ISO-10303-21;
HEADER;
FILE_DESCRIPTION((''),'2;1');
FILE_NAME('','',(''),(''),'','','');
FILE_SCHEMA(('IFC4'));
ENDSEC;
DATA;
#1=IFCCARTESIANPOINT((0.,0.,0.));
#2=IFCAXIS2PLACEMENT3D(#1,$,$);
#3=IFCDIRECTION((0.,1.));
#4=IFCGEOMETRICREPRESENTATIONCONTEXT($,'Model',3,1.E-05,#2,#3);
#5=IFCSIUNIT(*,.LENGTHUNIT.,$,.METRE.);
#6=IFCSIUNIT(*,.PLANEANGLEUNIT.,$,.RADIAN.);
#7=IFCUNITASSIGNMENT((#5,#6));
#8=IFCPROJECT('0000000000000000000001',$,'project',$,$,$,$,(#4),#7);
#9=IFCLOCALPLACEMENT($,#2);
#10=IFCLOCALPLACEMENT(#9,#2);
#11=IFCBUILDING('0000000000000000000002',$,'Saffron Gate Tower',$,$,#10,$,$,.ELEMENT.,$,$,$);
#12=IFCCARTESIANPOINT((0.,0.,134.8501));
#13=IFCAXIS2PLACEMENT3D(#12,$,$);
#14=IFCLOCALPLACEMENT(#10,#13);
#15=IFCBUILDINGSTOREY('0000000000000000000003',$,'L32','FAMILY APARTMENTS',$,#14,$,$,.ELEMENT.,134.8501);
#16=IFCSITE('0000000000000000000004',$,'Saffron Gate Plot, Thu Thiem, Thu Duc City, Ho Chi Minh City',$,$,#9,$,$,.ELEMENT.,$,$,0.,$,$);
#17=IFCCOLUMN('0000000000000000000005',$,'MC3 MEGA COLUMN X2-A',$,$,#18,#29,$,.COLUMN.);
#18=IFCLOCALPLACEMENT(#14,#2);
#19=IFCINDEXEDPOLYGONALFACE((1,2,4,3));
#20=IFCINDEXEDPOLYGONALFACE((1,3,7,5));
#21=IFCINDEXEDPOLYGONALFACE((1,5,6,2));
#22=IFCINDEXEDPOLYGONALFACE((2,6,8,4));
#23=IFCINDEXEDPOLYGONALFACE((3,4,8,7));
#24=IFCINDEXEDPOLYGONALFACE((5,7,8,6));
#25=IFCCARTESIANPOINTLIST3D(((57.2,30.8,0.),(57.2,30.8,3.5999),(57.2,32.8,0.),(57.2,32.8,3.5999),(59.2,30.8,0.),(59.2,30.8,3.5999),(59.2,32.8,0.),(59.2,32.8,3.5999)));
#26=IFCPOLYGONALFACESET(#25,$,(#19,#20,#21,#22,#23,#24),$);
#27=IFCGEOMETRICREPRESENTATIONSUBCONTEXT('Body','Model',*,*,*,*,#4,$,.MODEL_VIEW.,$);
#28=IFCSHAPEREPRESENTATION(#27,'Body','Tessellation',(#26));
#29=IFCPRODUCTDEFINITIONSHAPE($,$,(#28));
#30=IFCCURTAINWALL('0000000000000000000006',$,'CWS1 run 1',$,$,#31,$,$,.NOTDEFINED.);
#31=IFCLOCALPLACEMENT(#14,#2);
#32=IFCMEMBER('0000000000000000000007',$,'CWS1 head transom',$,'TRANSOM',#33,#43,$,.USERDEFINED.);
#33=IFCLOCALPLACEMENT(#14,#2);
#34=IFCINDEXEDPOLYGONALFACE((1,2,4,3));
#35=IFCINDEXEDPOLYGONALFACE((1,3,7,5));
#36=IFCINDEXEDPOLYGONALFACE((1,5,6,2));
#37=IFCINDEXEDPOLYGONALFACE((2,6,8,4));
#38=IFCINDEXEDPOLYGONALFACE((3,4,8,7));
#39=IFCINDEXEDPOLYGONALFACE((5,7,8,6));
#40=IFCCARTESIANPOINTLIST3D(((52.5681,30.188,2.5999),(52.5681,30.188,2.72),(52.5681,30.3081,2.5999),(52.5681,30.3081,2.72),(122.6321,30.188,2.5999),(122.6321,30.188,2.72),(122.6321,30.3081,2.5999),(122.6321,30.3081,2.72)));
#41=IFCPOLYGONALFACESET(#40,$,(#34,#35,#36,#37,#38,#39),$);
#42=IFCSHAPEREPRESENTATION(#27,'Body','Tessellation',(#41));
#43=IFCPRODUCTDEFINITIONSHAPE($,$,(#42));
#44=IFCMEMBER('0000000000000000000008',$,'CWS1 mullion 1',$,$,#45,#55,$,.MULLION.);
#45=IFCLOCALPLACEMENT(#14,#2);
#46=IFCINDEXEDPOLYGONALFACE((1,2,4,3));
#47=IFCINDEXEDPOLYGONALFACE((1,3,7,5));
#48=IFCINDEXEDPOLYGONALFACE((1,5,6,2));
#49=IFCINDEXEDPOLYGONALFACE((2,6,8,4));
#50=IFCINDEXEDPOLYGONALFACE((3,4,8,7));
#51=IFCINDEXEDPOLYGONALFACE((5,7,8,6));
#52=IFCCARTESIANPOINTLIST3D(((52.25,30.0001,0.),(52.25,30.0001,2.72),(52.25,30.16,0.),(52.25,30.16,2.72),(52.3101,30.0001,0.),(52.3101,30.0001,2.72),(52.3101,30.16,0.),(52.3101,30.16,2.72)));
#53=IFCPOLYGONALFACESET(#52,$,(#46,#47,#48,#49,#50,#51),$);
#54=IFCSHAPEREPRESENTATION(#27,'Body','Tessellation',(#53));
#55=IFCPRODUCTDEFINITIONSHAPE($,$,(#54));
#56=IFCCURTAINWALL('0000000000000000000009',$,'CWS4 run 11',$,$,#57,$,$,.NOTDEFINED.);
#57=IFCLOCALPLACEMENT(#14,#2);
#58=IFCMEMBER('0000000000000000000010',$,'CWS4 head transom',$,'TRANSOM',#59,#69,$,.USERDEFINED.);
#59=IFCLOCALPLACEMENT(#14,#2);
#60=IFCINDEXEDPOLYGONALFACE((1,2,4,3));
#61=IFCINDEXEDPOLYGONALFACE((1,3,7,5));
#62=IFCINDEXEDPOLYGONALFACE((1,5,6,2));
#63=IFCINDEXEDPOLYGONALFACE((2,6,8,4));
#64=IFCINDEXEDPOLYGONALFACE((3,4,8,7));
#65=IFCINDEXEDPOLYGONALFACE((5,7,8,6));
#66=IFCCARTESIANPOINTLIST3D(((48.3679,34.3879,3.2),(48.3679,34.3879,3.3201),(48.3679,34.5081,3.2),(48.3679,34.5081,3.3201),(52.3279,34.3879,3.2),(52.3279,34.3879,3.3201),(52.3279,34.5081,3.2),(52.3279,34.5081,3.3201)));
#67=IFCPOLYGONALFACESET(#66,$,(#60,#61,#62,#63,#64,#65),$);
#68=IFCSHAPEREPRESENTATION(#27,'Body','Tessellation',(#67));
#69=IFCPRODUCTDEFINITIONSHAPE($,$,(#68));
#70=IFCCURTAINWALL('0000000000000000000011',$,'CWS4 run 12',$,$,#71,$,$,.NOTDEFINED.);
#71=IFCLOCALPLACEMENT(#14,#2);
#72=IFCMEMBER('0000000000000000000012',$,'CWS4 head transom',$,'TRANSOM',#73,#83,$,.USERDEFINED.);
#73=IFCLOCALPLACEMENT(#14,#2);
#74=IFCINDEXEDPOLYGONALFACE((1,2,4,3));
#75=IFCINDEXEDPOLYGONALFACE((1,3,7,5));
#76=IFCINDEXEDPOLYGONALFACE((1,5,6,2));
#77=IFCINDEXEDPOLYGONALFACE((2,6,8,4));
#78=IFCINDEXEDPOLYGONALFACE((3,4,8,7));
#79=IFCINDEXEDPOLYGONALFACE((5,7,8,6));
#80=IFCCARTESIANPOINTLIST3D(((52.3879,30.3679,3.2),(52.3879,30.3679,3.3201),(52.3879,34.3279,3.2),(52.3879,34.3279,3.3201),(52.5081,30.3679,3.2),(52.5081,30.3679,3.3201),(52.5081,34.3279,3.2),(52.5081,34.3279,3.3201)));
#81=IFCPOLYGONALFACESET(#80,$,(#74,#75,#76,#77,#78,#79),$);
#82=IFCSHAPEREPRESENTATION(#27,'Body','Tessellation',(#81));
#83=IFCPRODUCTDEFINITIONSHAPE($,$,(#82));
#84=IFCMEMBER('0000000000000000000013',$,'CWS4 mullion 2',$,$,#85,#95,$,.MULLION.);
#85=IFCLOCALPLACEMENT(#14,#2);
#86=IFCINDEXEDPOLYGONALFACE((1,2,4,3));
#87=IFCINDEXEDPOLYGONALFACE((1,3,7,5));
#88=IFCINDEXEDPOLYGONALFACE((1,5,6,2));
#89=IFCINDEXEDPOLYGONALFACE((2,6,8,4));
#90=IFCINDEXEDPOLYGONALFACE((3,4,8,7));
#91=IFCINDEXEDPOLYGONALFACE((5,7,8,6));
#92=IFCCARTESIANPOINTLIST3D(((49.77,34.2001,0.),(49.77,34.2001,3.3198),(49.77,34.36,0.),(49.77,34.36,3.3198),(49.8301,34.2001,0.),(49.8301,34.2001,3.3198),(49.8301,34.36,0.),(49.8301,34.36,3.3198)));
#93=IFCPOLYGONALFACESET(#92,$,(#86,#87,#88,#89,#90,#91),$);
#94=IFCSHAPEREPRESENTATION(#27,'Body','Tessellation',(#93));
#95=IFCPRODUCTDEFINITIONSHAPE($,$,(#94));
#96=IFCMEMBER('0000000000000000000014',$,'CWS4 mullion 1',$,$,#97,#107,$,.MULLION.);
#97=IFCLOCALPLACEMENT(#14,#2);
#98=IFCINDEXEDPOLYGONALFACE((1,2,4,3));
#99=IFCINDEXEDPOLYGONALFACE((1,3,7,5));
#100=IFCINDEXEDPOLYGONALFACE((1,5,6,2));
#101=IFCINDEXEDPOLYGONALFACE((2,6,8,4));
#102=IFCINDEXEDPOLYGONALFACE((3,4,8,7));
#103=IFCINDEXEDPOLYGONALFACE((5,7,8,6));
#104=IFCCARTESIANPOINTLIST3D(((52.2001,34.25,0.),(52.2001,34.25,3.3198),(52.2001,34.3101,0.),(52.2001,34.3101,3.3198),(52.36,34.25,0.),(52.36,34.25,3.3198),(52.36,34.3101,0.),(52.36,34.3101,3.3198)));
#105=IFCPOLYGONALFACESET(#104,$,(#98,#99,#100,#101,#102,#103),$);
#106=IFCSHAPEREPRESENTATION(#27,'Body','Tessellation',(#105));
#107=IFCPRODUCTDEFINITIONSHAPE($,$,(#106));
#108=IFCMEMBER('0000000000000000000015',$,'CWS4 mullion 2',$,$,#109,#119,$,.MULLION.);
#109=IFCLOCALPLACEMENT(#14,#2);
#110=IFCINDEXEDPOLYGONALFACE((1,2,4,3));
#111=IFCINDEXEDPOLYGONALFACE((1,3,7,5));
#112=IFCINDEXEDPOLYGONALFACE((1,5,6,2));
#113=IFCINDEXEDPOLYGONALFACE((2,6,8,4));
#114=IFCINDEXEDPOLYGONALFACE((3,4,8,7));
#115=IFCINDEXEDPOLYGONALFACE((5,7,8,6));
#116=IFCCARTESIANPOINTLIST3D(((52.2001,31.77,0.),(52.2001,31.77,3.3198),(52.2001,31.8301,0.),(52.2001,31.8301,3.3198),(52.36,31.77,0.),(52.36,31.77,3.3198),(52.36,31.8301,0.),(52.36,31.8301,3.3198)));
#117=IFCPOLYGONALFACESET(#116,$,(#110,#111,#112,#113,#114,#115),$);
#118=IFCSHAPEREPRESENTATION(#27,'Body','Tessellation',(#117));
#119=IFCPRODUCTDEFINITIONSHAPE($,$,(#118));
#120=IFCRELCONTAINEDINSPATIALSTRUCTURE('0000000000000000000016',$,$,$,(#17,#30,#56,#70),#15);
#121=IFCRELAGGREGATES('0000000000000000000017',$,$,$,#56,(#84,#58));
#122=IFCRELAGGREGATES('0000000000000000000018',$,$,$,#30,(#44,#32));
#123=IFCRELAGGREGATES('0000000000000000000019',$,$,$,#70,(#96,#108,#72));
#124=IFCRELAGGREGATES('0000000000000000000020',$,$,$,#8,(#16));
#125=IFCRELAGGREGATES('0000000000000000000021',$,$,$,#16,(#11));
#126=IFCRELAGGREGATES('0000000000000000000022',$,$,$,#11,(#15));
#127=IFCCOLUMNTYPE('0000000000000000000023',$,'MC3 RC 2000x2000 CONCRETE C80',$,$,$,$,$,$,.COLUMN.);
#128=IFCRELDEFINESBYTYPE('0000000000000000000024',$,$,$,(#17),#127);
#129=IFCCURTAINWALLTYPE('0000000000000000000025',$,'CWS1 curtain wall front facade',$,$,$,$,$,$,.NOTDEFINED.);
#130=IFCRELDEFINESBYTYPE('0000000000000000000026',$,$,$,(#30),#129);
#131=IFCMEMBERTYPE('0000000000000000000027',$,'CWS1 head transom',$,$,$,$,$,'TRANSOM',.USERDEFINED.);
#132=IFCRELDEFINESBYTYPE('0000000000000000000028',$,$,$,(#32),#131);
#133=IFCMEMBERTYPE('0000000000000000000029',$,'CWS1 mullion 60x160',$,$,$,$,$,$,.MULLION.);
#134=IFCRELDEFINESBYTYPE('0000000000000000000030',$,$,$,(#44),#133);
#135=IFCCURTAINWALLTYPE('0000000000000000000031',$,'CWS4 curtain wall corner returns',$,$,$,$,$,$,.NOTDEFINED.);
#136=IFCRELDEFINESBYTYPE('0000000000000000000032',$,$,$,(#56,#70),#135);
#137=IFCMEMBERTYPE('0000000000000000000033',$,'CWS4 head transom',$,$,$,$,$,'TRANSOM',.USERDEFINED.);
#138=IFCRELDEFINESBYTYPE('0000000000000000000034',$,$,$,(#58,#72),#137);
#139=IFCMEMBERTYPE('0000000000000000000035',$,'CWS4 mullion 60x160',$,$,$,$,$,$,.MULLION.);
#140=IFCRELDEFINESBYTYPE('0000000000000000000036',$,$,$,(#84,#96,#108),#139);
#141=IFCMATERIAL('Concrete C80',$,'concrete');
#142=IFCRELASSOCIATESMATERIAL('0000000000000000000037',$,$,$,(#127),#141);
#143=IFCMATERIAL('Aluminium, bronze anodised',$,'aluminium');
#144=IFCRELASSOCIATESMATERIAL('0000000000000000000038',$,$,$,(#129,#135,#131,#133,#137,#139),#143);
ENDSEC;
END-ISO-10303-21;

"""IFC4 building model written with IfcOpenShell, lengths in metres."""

from ifc_helpers import new_model, si_unit, direction, frame, origin, origin_2d, place, context, subcontext, project, spatial, rectangle, extrude, material, material_profile, profile_set, type_object, element, aggregate, save


model = new_model("IFC4")

# Units and contexts
model_context = context("Model", 3, precision=1e-05, world=origin(), true_north=direction((0.0, 1.0)))
body_context = subcontext(model_context, "Body", "Model", "MODEL_VIEW")
ifc_project = project(units=[si_unit("LENGTHUNIT", "METRE"), si_unit("PLANEANGLEUNIT", "RADIAN")], contexts=[model_context])

# Site, building, storey
site_placement = place(None, origin())
site = spatial("IfcSite", under=ifc_project, at=site_placement, Name="Saffron Gate Plot, Thu Thiem, Thu Duc City, Ho Chi Minh City", CompositionType="ELEMENT", RefElevation=0.0)
building_placement = place(site_placement, origin())
building = spatial("IfcBuilding", under=site, at=building_placement, Name="Saffron Gate Tower", CompositionType="ELEMENT")
storey_placement = place(building_placement, frame((0.0, 0.0, 134.8501)))
storey = spatial("IfcBuildingStorey", under=building, at=storey_placement, Name="L32", Description="FAMILY APARTMENTS", CompositionType="ELEMENT", Elevation=134.8501)

# Column
ifc_material_1 = material(Name="Concrete C80", Category="concrete")
ifc_material_profile_1 = material_profile(ifc_material_1, rectangle(XDim=2.0, YDim=2.0, at=origin_2d()))
ifc_profile_set_1 = profile_set([ifc_material_profile_1], Name="Concrete C80")
column_type = type_object("IfcColumnType", Name="MC3 RC 2000x2000 CONCRETE C80", PredefinedType="COLUMN", material=ifc_profile_set_1)
column_placement = place(storey_placement, frame((58.2, 31.8, 0.0), z_axis=(0.0, 0.0, 1.0), x_axis=(1.0, 0.0, 0.0)))
element("IfcColumn", 1, at=column_placement, inside=storey, type_object=column_type, Name="MC3 MEGA COLUMN X2-A", PredefinedType="COLUMN", context=body_context, shape_type="SweptSolid", body=[
    extrude(rectangle(XDim=2.0, YDim=2.0, at=origin_2d()), origin(), (0.0, 0.0, 1.0), 3.5999),
])

# Curtain wall, members
ifc_material_2 = material(Name="Aluminium, bronze anodised", Category="aluminium")
curtain_wall_type_1 = type_object("IfcCurtainWallType", Name="CWS1 curtain wall front facade", PredefinedType="NOTDEFINED", material=ifc_material_2)
curtain_wall_1_placement = place(storey_placement, origin())
curtain_wall_1 = element("IfcCurtainWall", 2, at=curtain_wall_1_placement, inside=storey, type_object=curtain_wall_type_1, Name="CWS1 run 1", PredefinedType="NOTDEFINED")
ifc_material_profile_2 = material_profile(ifc_material_2, rectangle(XDim=0.1201, YDim=0.1201, at=origin_2d()))
ifc_profile_set_2 = profile_set([ifc_material_profile_2], Name="Aluminium, bronze anodised")
member_type_1 = type_object("IfcMemberType", Name="CWS1 head transom", ElementType="TRANSOM", PredefinedType="USERDEFINED", material=ifc_profile_set_2)
member_1_placement = place(storey_placement, frame((52.5681, 30.248, 2.6599), z_axis=(1.0, 0.0, 0.0), x_axis=(0.0, 1.0, 0.0)))
member_1 = element("IfcMember", 3, at=member_1_placement, type_object=member_type_1, Name="CWS1 head transom", ObjectType="TRANSOM", PredefinedType="USERDEFINED", context=body_context, shape_type="SweptSolid", body=[
    extrude(rectangle(XDim=0.1201, YDim=0.1201, at=origin_2d()), origin(), (0.0, 0.0, 1.0), 70.064),
])
ifc_material_profile_3 = material_profile(ifc_material_2, rectangle(XDim=0.1599, YDim=0.0601, at=origin_2d()))
ifc_profile_set_3 = profile_set([ifc_material_profile_3], Name="Aluminium, bronze anodised")
member_type_2 = type_object("IfcMemberType", Name="CWS1 mullion 60x160", PredefinedType="MULLION", material=ifc_profile_set_3)
member_2_placement = place(storey_placement, frame((52.28, 30.0801, 0.0), z_axis=(0.0, 0.0, 1.0), x_axis=(0.0, 1.0, 0.0)))
member_2 = element("IfcMember", 4, at=member_2_placement, type_object=member_type_2, Name="CWS1 mullion 1", PredefinedType="MULLION", context=body_context, shape_type="SweptSolid", body=[
    extrude(rectangle(XDim=0.1599, YDim=0.0601, at=origin_2d()), origin(), (0.0, 0.0, 1.0), 2.72),
])

# Curtain walls, members
curtain_wall_type_2 = type_object("IfcCurtainWallType", Name="CWS4 curtain wall corner returns", PredefinedType="NOTDEFINED", material=ifc_material_2)
curtain_wall_2_placement = place(storey_placement, origin())
curtain_wall_2 = element("IfcCurtainWall", 5, at=curtain_wall_2_placement, inside=storey, type_object=curtain_wall_type_2, Name="CWS4 run 11", PredefinedType="NOTDEFINED")
ifc_material_profile_4 = material_profile(ifc_material_2, rectangle(XDim=0.1201, YDim=0.1201, at=origin_2d()))
ifc_profile_set_4 = profile_set([ifc_material_profile_4], Name="Aluminium, bronze anodised")
member_type_3 = type_object("IfcMemberType", Name="CWS4 head transom", ElementType="TRANSOM", PredefinedType="USERDEFINED", material=ifc_profile_set_4)
member_3_placement = place(storey_placement, frame((48.3679, 34.448, 3.26), z_axis=(1.0, 0.0, 0.0), x_axis=(0.0, 1.0, 0.0)))
member_3 = element("IfcMember", 6, at=member_3_placement, type_object=member_type_3, Name="CWS4 head transom", ObjectType="TRANSOM", PredefinedType="USERDEFINED", context=body_context, shape_type="SweptSolid", body=[
    extrude(rectangle(XDim=0.1201, YDim=0.1201, at=origin_2d()), origin(), (0.0, 0.0, 1.0), 3.96),
])
curtain_wall_3_placement = place(storey_placement, origin())
curtain_wall_3 = element("IfcCurtainWall", 7, at=curtain_wall_3_placement, inside=storey, type_object=curtain_wall_type_2, Name="CWS4 run 12", PredefinedType="NOTDEFINED")
member_4_placement = place(storey_placement, frame((52.448, 34.3279, 3.26), z_axis=(0.0, -1.0, 0.0), x_axis=(1.0, 0.0, 0.0)))
member_4 = element("IfcMember", 8, at=member_4_placement, type_object=member_type_3, Name="CWS4 head transom", ObjectType="TRANSOM", PredefinedType="USERDEFINED", context=body_context, shape_type="SweptSolid", body=[
    extrude(rectangle(XDim=0.1201, YDim=0.1201, at=origin_2d()), origin(), (0.0, 0.0, 1.0), 3.96),
])

# Members
ifc_material_profile_5 = material_profile(ifc_material_2, rectangle(XDim=0.1599, YDim=0.0601, at=origin_2d()))
ifc_profile_set_5 = profile_set([ifc_material_profile_5], Name="Aluminium, bronze anodised")
member_type_4 = type_object("IfcMemberType", Name="CWS4 mullion 60x160", PredefinedType="MULLION", material=ifc_profile_set_5)
member_5_placement = place(storey_placement, frame((49.8, 34.28, 0.0), z_axis=(0.0, 0.0, 1.0), x_axis=(0.0, 1.0, 0.0)))
member_5 = element("IfcMember", 9, at=member_5_placement, type_object=member_type_4, Name="CWS4 mullion 2", PredefinedType="MULLION", context=body_context, shape_type="SweptSolid", body=[
    extrude(rectangle(XDim=0.1599, YDim=0.0601, at=origin_2d()), origin(), (0.0, 0.0, 1.0), 3.3198),
])
aggregate(curtain_wall_2, [member_5, member_3])
member_6_placement = place(storey_placement, frame((52.28, 34.28, 0.0), z_axis=(0.0, 0.0, 1.0), x_axis=(1.0, 0.0, 0.0)))
member_6 = element("IfcMember", 10, at=member_6_placement, type_object=member_type_4, Name="CWS4 mullion 1", PredefinedType="MULLION", context=body_context, shape_type="SweptSolid", body=[
    extrude(rectangle(XDim=0.1599, YDim=0.0601, at=origin_2d()), origin(), (0.0, 0.0, 1.0), 3.3198),
])
member_7_placement = place(storey_placement, frame((52.28, 31.8, 0.0), z_axis=(0.0, 0.0, 1.0), x_axis=(1.0, 0.0, 0.0)))
member_7 = element("IfcMember", 11, at=member_7_placement, type_object=member_type_4, Name="CWS4 mullion 2", PredefinedType="MULLION", context=body_context, shape_type="SweptSolid", body=[
    extrude(rectangle(XDim=0.1599, YDim=0.0601, at=origin_2d()), origin(), (0.0, 0.0, 1.0), 3.3198),
])

aggregate(curtain_wall_1, [member_2, member_1])

aggregate(curtain_wall_3, [member_6, member_7, member_4])

save(model, "model.ifc")
